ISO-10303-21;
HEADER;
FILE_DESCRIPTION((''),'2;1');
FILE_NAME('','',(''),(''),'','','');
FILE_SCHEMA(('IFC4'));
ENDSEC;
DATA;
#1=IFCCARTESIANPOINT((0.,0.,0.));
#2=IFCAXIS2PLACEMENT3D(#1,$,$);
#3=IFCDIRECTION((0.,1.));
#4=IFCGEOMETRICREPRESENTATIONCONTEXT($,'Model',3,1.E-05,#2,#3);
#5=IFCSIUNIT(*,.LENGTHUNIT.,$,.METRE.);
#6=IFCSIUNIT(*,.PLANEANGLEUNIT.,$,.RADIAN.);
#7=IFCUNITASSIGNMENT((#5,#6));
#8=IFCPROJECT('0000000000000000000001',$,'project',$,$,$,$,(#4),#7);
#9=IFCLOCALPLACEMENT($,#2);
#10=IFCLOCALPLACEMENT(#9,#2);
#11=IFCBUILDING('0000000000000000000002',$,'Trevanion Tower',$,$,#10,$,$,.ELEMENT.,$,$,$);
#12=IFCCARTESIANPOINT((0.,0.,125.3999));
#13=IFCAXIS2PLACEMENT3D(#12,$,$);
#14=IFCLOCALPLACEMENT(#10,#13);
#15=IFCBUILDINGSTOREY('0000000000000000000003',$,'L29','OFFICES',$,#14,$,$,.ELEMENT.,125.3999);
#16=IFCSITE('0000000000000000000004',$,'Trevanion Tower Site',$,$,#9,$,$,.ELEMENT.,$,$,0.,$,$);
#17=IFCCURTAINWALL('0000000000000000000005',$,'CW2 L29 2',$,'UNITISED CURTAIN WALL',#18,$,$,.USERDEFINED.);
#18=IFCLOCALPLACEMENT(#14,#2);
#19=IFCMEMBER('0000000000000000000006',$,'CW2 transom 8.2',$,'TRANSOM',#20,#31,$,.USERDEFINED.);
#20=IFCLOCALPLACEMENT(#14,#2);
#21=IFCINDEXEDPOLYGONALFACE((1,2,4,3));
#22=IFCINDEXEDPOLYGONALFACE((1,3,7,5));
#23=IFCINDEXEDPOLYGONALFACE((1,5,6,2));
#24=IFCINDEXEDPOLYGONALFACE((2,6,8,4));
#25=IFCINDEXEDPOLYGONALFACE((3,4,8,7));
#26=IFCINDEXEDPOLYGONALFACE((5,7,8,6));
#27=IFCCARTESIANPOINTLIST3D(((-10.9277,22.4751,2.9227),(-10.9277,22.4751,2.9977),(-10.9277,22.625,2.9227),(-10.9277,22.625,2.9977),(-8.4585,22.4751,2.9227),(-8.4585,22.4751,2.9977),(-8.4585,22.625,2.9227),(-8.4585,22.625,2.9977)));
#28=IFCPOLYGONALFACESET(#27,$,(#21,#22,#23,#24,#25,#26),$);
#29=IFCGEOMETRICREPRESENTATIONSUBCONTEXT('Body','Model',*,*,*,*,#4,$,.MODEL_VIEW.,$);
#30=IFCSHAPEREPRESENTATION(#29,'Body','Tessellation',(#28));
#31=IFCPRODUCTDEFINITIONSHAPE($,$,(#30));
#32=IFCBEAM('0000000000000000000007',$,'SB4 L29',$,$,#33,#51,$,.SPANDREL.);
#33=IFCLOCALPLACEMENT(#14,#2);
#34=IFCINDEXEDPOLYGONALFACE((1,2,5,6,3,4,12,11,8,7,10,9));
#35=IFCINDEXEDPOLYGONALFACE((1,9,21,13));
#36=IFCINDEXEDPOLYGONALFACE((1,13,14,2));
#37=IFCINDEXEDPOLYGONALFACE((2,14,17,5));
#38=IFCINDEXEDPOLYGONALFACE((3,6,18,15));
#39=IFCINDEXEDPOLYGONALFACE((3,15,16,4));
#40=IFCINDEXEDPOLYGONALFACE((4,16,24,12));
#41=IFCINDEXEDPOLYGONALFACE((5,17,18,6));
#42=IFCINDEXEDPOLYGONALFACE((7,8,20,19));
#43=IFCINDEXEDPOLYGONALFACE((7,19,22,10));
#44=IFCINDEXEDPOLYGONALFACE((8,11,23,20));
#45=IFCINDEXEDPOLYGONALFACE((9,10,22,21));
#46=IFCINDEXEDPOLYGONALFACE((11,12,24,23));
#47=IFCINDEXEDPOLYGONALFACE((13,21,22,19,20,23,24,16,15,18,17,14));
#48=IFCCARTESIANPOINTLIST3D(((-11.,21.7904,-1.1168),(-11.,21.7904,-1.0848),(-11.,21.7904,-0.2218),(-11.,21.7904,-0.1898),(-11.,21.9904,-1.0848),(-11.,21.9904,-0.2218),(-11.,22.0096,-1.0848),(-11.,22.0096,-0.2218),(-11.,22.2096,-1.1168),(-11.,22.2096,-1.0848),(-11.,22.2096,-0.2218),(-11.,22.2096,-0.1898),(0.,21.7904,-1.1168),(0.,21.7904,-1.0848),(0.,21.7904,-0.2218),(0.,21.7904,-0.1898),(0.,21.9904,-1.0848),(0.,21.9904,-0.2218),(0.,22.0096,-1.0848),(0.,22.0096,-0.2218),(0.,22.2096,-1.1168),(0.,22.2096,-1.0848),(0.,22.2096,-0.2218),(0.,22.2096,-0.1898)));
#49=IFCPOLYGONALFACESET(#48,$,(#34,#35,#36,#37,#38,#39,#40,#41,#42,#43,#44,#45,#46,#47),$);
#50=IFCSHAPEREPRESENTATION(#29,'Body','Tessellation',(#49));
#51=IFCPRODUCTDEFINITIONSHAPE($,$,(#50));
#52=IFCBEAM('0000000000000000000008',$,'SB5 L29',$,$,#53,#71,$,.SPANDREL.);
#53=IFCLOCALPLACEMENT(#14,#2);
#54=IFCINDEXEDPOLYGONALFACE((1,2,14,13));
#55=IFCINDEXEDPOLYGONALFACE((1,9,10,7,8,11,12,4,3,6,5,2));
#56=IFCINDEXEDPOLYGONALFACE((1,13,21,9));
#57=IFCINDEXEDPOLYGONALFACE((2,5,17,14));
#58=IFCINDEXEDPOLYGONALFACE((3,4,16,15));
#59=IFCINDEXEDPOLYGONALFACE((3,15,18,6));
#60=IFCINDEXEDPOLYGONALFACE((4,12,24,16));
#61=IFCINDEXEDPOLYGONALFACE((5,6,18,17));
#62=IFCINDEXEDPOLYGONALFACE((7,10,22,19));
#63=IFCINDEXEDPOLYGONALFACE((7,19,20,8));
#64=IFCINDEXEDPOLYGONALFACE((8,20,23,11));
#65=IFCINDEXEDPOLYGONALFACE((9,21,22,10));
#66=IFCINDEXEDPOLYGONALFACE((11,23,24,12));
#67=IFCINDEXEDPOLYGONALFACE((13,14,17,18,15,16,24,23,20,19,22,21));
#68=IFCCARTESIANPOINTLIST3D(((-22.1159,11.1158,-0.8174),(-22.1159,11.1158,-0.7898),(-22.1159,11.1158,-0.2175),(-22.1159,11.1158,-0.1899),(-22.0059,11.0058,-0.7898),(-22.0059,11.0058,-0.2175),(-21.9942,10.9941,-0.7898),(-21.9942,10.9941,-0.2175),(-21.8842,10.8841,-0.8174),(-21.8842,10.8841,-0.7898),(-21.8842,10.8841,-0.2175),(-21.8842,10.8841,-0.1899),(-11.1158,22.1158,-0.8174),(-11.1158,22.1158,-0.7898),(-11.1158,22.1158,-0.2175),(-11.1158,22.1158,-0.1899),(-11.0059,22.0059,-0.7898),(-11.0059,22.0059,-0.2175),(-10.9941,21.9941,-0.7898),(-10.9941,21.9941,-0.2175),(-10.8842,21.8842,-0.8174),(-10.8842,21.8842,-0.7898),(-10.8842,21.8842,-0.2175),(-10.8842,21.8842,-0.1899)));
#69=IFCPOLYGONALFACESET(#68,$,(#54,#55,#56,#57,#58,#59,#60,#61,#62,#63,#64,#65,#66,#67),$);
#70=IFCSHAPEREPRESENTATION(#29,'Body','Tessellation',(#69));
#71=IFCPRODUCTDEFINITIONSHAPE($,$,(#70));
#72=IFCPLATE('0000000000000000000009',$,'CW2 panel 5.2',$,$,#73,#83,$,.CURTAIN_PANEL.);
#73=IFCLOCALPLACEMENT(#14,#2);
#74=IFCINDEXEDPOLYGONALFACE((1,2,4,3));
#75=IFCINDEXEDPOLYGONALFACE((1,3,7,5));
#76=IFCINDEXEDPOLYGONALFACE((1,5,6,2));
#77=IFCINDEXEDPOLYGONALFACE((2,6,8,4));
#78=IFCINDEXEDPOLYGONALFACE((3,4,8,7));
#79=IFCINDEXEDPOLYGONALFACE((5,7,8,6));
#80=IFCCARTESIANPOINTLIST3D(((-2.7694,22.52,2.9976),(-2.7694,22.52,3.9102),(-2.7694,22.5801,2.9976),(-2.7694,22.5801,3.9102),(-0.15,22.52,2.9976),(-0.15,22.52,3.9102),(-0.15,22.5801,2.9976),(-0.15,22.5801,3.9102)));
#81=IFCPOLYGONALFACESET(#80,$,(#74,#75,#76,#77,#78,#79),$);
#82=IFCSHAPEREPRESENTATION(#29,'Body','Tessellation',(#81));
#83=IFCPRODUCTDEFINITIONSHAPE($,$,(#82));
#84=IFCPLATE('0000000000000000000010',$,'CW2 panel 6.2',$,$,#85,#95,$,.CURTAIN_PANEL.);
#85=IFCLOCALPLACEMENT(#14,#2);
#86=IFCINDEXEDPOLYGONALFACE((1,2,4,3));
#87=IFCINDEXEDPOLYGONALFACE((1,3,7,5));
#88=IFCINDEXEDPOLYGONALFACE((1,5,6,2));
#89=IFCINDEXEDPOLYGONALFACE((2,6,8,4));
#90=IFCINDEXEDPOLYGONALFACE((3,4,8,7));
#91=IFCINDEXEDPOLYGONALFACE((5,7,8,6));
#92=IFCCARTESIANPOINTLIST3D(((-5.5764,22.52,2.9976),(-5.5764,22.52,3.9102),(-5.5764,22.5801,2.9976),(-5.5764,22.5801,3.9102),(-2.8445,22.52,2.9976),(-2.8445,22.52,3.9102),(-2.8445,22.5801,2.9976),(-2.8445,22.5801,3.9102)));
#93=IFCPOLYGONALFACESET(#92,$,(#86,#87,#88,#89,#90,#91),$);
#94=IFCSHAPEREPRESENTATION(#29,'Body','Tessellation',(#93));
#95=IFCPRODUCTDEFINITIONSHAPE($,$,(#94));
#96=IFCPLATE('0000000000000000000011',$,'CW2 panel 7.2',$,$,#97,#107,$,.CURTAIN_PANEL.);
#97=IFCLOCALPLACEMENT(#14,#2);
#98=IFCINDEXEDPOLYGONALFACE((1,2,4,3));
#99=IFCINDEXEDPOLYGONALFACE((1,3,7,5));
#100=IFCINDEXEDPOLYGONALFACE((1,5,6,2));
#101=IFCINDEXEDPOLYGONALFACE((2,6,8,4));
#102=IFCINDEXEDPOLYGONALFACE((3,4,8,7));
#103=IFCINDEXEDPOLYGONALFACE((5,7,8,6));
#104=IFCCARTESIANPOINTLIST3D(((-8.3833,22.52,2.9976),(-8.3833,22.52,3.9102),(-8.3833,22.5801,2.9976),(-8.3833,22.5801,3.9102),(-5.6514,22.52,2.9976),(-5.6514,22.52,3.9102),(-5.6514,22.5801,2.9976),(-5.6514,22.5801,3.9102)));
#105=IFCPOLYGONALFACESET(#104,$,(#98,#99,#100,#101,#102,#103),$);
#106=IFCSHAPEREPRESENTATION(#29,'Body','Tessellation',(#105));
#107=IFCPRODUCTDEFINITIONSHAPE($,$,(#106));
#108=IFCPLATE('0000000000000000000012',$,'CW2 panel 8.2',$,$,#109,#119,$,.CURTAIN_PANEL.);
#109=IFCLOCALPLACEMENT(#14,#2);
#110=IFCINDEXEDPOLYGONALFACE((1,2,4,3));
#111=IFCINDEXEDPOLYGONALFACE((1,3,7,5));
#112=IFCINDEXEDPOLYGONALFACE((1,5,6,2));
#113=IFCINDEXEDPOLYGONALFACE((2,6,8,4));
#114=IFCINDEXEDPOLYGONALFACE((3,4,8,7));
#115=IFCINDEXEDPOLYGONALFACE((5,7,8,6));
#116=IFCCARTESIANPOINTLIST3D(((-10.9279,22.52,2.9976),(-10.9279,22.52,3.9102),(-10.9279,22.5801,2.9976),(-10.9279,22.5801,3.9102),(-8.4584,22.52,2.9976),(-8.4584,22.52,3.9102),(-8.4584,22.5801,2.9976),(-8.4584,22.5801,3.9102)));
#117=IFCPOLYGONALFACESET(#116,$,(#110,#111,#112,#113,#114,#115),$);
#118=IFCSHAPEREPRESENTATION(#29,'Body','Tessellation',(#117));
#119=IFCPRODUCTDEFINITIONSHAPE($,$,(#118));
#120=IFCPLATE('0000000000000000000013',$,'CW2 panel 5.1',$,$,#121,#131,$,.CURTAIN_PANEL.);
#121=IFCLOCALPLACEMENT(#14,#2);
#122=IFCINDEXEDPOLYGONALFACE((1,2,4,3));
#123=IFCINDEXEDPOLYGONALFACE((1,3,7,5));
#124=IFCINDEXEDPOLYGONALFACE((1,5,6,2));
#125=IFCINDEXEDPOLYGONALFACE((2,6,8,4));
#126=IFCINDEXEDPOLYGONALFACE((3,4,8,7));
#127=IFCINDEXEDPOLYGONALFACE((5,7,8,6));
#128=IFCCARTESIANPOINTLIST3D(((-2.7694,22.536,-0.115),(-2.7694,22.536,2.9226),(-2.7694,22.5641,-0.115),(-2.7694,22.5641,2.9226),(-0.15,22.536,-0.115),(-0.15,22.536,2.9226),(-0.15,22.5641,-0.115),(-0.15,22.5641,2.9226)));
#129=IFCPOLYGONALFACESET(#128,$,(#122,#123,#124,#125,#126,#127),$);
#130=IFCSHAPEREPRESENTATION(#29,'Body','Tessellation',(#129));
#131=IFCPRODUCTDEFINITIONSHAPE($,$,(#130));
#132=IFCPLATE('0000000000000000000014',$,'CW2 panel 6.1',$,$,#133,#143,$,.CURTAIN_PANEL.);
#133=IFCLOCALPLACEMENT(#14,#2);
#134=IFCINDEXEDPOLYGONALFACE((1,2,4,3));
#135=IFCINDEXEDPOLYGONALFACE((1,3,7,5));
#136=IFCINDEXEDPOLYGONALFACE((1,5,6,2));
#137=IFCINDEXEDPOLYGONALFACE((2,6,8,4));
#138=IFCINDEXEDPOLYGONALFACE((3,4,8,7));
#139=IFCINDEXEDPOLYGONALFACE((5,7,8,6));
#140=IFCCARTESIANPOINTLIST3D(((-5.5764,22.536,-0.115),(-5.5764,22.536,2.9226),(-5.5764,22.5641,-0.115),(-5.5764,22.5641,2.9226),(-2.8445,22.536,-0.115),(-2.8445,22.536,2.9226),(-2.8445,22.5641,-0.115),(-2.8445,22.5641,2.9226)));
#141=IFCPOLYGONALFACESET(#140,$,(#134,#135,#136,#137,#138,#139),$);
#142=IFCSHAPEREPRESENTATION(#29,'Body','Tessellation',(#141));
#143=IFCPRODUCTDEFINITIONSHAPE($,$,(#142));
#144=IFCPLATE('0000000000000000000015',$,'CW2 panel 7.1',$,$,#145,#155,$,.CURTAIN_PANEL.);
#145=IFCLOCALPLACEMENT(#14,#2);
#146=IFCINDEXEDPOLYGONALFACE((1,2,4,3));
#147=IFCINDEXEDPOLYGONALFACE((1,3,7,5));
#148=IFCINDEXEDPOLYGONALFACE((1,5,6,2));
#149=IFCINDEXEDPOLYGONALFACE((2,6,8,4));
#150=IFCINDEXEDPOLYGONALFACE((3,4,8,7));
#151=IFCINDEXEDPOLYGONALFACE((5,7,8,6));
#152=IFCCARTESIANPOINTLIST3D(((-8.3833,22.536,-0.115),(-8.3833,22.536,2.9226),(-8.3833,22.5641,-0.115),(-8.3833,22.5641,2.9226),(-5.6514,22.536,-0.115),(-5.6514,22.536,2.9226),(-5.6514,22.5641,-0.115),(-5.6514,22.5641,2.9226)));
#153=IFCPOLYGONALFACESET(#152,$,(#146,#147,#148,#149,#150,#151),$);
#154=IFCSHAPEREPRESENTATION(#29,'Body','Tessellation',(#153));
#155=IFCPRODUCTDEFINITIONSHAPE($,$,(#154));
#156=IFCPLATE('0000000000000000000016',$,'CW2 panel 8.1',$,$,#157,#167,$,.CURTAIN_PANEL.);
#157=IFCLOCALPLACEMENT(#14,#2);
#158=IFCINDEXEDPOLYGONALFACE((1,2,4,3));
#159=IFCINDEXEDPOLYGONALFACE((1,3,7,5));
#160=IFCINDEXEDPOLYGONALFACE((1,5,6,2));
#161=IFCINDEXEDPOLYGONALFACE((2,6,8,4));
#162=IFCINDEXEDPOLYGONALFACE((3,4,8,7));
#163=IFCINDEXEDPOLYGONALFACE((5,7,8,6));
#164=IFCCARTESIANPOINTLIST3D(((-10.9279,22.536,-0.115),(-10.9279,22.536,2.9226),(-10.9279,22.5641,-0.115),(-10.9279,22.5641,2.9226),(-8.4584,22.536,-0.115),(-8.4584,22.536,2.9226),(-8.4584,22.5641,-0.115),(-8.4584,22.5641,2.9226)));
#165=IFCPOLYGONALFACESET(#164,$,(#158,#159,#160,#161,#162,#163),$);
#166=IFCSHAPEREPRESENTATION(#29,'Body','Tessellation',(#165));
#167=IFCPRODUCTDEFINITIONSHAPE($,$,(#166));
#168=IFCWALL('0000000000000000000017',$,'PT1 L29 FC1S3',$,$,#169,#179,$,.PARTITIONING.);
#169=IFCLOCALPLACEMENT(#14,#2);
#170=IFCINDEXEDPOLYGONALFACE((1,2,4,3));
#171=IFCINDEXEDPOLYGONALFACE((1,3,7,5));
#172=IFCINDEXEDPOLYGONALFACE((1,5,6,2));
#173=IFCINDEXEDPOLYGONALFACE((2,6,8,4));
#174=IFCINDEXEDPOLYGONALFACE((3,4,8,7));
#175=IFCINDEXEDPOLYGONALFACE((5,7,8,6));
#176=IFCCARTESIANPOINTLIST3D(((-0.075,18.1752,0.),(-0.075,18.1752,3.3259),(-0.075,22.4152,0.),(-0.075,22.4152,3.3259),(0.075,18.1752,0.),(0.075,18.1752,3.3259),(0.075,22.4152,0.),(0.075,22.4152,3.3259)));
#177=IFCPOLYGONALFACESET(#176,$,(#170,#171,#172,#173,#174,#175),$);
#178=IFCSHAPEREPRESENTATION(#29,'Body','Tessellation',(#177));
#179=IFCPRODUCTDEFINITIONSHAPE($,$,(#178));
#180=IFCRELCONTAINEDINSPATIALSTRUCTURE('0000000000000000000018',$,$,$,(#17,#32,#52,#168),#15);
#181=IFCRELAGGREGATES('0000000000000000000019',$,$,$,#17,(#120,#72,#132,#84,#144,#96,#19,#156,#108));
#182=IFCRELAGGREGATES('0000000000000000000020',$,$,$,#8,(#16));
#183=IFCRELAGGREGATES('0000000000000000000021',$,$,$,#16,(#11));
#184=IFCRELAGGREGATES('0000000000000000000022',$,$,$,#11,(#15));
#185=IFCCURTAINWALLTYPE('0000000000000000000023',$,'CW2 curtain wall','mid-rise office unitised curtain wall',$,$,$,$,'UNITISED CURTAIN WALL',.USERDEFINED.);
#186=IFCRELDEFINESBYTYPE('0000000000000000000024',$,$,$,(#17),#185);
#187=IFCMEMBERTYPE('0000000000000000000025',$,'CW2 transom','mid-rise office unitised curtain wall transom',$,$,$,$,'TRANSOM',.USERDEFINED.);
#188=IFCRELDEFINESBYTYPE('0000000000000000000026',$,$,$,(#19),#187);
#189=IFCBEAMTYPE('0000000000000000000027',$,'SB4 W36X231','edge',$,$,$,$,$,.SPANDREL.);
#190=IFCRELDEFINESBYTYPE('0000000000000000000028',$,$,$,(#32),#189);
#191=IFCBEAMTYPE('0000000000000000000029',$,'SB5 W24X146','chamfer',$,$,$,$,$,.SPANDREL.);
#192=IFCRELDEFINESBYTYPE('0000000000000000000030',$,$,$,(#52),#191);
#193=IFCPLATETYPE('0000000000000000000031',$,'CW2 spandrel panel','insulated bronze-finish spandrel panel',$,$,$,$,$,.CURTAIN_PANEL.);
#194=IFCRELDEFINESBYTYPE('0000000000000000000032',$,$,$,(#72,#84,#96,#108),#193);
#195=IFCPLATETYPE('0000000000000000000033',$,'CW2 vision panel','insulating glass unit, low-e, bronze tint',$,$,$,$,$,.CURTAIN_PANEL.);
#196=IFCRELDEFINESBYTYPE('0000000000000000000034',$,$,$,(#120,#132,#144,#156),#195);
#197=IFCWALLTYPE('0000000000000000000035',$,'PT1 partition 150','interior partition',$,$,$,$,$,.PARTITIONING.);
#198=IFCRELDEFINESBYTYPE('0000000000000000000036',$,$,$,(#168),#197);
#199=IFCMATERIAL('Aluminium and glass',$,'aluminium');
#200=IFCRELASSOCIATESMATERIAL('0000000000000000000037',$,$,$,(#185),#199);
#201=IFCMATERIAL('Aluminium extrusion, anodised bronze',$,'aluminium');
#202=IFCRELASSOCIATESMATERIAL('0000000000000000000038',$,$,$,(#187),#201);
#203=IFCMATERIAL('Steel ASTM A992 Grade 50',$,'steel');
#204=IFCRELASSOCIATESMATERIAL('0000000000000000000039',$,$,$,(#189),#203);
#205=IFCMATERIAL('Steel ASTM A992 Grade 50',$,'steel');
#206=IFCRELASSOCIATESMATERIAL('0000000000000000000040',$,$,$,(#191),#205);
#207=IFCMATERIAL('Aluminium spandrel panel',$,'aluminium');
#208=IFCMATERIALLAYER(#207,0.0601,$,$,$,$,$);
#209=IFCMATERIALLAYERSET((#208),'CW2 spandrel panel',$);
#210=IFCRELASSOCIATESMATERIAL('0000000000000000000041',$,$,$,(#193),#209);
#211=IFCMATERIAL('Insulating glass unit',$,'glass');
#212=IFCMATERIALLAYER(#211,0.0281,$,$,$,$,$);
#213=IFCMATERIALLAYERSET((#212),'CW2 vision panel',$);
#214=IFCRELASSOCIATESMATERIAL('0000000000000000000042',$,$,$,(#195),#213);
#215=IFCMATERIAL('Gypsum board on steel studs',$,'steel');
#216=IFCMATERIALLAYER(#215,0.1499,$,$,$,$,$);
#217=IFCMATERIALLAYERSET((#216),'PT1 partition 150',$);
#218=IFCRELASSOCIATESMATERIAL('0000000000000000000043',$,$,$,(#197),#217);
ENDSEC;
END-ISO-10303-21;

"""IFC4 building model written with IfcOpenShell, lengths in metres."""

from ifc_helpers import new_model, si_unit, direction, frame, frame_2d, origin, origin_2d, place, context, subcontext, project, spatial, rectangle, i_section, extrude, material, layer, layer_set, material_profile, profile_set, type_object, element, aggregate, save


model = new_model("IFC4")

# Units and contexts
model_context = context("Model", 3, precision=1e-05, world=origin(), true_north=direction((0.0, 1.0)))
body_context = subcontext(model_context, "Body", "Model", "MODEL_VIEW")
ifc_project = project(units=[si_unit("LENGTHUNIT", "METRE"), si_unit("PLANEANGLEUNIT", "RADIAN")], contexts=[model_context])

# Site, building, storey
site_placement = place(None, origin())
site = spatial("IfcSite", under=ifc_project, at=site_placement, Name="Trevanion Tower Site", CompositionType="ELEMENT", RefElevation=0.0)
building_placement = place(site_placement, origin())
building = spatial("IfcBuilding", under=site, at=building_placement, Name="Trevanion Tower", CompositionType="ELEMENT")
storey_placement = place(building_placement, frame((0.0, 0.0, 125.3999)))
storey = spatial("IfcBuildingStorey", under=building, at=storey_placement, Name="L29", Description="OFFICES", CompositionType="ELEMENT", Elevation=125.3999)

# Curtain wall, member
ifc_material_1 = material(Name="Aluminium and glass", Category="aluminium")
curtain_wall_type = type_object("IfcCurtainWallType", Name="CW2 curtain wall", Description="mid-rise office unitised curtain wall", ElementType="UNITISED CURTAIN WALL", PredefinedType="USERDEFINED", material=ifc_material_1)
curtain_wall_placement = place(storey_placement, origin())
curtain_wall = element("IfcCurtainWall", 1, at=curtain_wall_placement, inside=storey, type_object=curtain_wall_type, Name="CW2 L29 2", ObjectType="UNITISED CURTAIN WALL", PredefinedType="USERDEFINED")
ifc_material_2 = material(Name="Aluminium extrusion, anodised bronze", Category="aluminium")
ifc_material_profile_1 = material_profile(ifc_material_2, rectangle(XDim=0.1499, YDim=0.075, at=origin_2d()), Name="CW2 transom")
ifc_profile_set_1 = profile_set([ifc_material_profile_1], Name="Aluminium extrusion, anodised bronze")
member_type_1 = type_object("IfcMemberType", Name="CW2 transom", Description="mid-rise office unitised curtain wall transom", ElementType="TRANSOM", PredefinedType="USERDEFINED", material=ifc_profile_set_1)
member_1_placement = place(storey_placement, frame((-8.4585, 22.55, 2.9602), z_axis=(-1.0, 0.0, 0.0), x_axis=(0.0, -1.0, 0.0)))
member_1 = element("IfcMember", 2, at=member_1_placement, type_object=member_type_1, Name="CW2 transom 8.2", ObjectType="TRANSOM", PredefinedType="USERDEFINED", context=body_context, shape_type="SweptSolid", body=[
    extrude(rectangle(XDim=0.1499, YDim=0.075, at=origin_2d()), origin(), (0.0, 0.0, 1.0), 2.4692),
])

# Beams
ifc_material_3 = material(Name="Steel ASTM A992 Grade 50", Category="steel")
ifc_material_profile_2 = material_profile(ifc_material_3, i_section(OverallWidth=0.4192, OverallDepth=0.927, WebThickness=0.0193, FlangeThickness=0.032, at=origin_2d()), Name="W36X231")
ifc_profile_set_2 = profile_set([ifc_material_profile_2], Name="Steel ASTM A992 Grade 50")
beam_type_1 = type_object("IfcBeamType", Name="SB4 W36X231", Description="edge", PredefinedType="SPANDREL", material=ifc_profile_set_2)
beam_1_placement = place(storey_placement, frame((0.0, 22.0, -0.6533), z_axis=(-1.0, 0.0, 0.0), x_axis=(0.0, -1.0, 0.0)))
element("IfcBeam", 3, at=beam_1_placement, inside=storey, type_object=beam_type_1, Name="SB4 L29", PredefinedType="SPANDREL", context=body_context, shape_type="SweptSolid", body=[
    extrude(i_section(OverallWidth=0.4192, OverallDepth=0.927, WebThickness=0.0193, FlangeThickness=0.032, at=origin_2d()), origin(), (0.0, 0.0, 1.0), 11.0),
])
ifc_material_4 = material(Name="Steel ASTM A992 Grade 50", Category="steel")
ifc_material_profile_3 = material_profile(ifc_material_4, i_section(OverallWidth=0.3276, OverallDepth=0.6274, WebThickness=0.0166, FlangeThickness=0.0276, at=origin_2d()), Name="W24X146")
ifc_profile_set_3 = profile_set([ifc_material_profile_3], Name="Steel ASTM A992 Grade 50")
beam_type_2 = type_object("IfcBeamType", Name="SB5 W24X146", Description="chamfer", PredefinedType="SPANDREL", material=ifc_profile_set_3)
beam_2_placement = place(storey_placement, frame((-11.0, 22.0, -0.5037), z_axis=(-0.707107, -0.707107, 0.0), x_axis=(0.707107, -0.707107, 0.0)))
element("IfcBeam", 4, at=beam_2_placement, inside=storey, type_object=beam_type_2, Name="SB5 L29", PredefinedType="SPANDREL", context=body_context, shape_type="SweptSolid", body=[
    extrude(i_section(OverallWidth=0.3276, OverallDepth=0.6274, WebThickness=0.0166, FlangeThickness=0.0276, at=origin_2d()), origin(), (0.0, 0.0, 1.0), 15.5564),
])

# Plates
ifc_material_5 = material(Name="Aluminium spandrel panel", Category="aluminium")
ifc_layer_1 = layer(ifc_material_5, 0.0601)
ifc_layer_set_1 = layer_set([ifc_layer_1], Name="CW2 spandrel panel")
plate_type_1 = type_object("IfcPlateType", Name="CW2 spandrel panel", Description="insulated bronze-finish spandrel panel", PredefinedType="CURTAIN_PANEL", material=ifc_layer_set_1)
plate_1_placement = place(storey_placement, frame((-1.4597, 22.55, 2.9976), z_axis=(0.0, 0.0, 1.0), x_axis=(-1.0, 0.0, 0.0)))
plate_1 = element("IfcPlate", 5, at=plate_1_placement, type_object=plate_type_1, Name="CW2 panel 5.2", PredefinedType="CURTAIN_PANEL", context=body_context, shape_type="SweptSolid", body=[
    extrude(rectangle(XDim=2.6194, YDim=0.0601, at=origin_2d()), origin(), (0.0, 0.0, 1.0), 0.9126),
])
plate_2_placement = place(storey_placement, frame((-4.2104, 22.55, 2.9976), z_axis=(0.0, 0.0, 1.0), x_axis=(-1.0, 0.0, 0.0)))
plate_2 = element("IfcPlate", 6, at=plate_2_placement, type_object=plate_type_1, Name="CW2 panel 6.2", PredefinedType="CURTAIN_PANEL", context=body_context, shape_type="SweptSolid", body=[
    extrude(rectangle(XDim=2.7319, YDim=0.0601, at=origin_2d()), origin(), (0.0, 0.0, 1.0), 0.9126),
])
plate_3_placement = place(storey_placement, frame((-7.0173, 22.55, 2.9976), z_axis=(0.0, 0.0, 1.0), x_axis=(-1.0, 0.0, 0.0)))
plate_3 = element("IfcPlate", 7, at=plate_3_placement, type_object=plate_type_1, Name="CW2 panel 7.2", PredefinedType="CURTAIN_PANEL", context=body_context, shape_type="SweptSolid", body=[
    extrude(rectangle(XDim=2.7319, YDim=0.0601, at=origin_2d()), origin(), (0.0, 0.0, 1.0), 0.9126),
])
plate_4_placement = place(storey_placement, frame((-9.6931, 22.55, 2.9976), z_axis=(0.0, 0.0, 1.0), x_axis=(-1.0, 0.0, 0.0)))
plate_4 = element("IfcPlate", 8, at=plate_4_placement, type_object=plate_type_1, Name="CW2 panel 8.2", PredefinedType="CURTAIN_PANEL", context=body_context, shape_type="SweptSolid", body=[
    extrude(rectangle(XDim=2.4695, YDim=0.0601, at=origin_2d()), origin(), (0.0, 0.0, 1.0), 0.9126),
])
ifc_material_6 = material(Name="Insulating glass unit", Category="glass")
ifc_layer_2 = layer(ifc_material_6, 0.0281)
ifc_layer_set_2 = layer_set([ifc_layer_2], Name="CW2 vision panel")
plate_type_2 = type_object("IfcPlateType", Name="CW2 vision panel", Description="insulating glass unit, low-e, bronze tint", PredefinedType="CURTAIN_PANEL", material=ifc_layer_set_2)
plate_5_placement = place(storey_placement, frame((-1.4597, 22.55, -0.115), z_axis=(0.0, 0.0, 1.0), x_axis=(-1.0, 0.0, 0.0)))
plate_5 = element("IfcPlate", 9, at=plate_5_placement, type_object=plate_type_2, Name="CW2 panel 5.1", PredefinedType="CURTAIN_PANEL", context=body_context, shape_type="SweptSolid", body=[
    extrude(rectangle(XDim=2.6194, YDim=0.0281, at=origin_2d()), origin(), (0.0, 0.0, 1.0), 3.0376),
])
plate_6_placement = place(storey_placement, frame((-4.2104, 22.55, -0.115), z_axis=(0.0, 0.0, 1.0), x_axis=(-1.0, 0.0, 0.0)))
plate_6 = element("IfcPlate", 10, at=plate_6_placement, type_object=plate_type_2, Name="CW2 panel 6.1", PredefinedType="CURTAIN_PANEL", context=body_context, shape_type="SweptSolid", body=[
    extrude(rectangle(XDim=2.7319, YDim=0.0281, at=origin_2d()), origin(), (0.0, 0.0, 1.0), 3.0376),
])
plate_7_placement = place(storey_placement, frame((-7.0173, 22.55, -0.115), z_axis=(0.0, 0.0, 1.0), x_axis=(-1.0, 0.0, 0.0)))
plate_7 = element("IfcPlate", 11, at=plate_7_placement, type_object=plate_type_2, Name="CW2 panel 7.1", PredefinedType="CURTAIN_PANEL", context=body_context, shape_type="SweptSolid", body=[
    extrude(rectangle(XDim=2.7319, YDim=0.0281, at=origin_2d()), origin(), (0.0, 0.0, 1.0), 3.0376),
])
plate_8_placement = place(storey_placement, frame((-9.6931, 22.55, -0.115), z_axis=(0.0, 0.0, 1.0), x_axis=(-1.0, 0.0, 0.0)))
plate_8 = element("IfcPlate", 12, at=plate_8_placement, type_object=plate_type_2, Name="CW2 panel 8.1", PredefinedType="CURTAIN_PANEL", context=body_context, shape_type="SweptSolid", body=[
    extrude(rectangle(XDim=2.4695, YDim=0.0281, at=origin_2d()), origin(), (0.0, 0.0, 1.0), 3.0376),
])
aggregate(curtain_wall, [plate_5, plate_1, plate_6, plate_2, plate_7, plate_3, member_1, plate_8, plate_4])

# Wall
ifc_material_7 = material(Name="Gypsum board on steel studs", Category="steel")
ifc_layer_3 = layer(ifc_material_7, 0.1499)
ifc_layer_set_3 = layer_set([ifc_layer_3], Name="PT1 partition 150")
wall_type_1 = type_object("IfcWallType", Name="PT1 partition 150", Description="interior partition", PredefinedType="PARTITIONING", material=ifc_layer_set_3)
wall_1_placement = place(storey_placement, frame((0.0, 18.175, 0.0), z_axis=(0.0, 0.0, 1.0), x_axis=(0.0, 1.0, 0.0)))
element("IfcWall", 13, at=wall_1_placement, inside=storey, type_object=wall_type_1, Name="PT1 L29 FC1S3", PredefinedType="PARTITIONING", context=body_context, shape_type="SweptSolid", body=[
    extrude(rectangle(XDim=4.24, YDim=0.1499, at=frame_2d((2.1201, 0.0))), origin(), (0.0, 0.0, 1.0), 3.3259),
])

save(model, "model.ifc")
